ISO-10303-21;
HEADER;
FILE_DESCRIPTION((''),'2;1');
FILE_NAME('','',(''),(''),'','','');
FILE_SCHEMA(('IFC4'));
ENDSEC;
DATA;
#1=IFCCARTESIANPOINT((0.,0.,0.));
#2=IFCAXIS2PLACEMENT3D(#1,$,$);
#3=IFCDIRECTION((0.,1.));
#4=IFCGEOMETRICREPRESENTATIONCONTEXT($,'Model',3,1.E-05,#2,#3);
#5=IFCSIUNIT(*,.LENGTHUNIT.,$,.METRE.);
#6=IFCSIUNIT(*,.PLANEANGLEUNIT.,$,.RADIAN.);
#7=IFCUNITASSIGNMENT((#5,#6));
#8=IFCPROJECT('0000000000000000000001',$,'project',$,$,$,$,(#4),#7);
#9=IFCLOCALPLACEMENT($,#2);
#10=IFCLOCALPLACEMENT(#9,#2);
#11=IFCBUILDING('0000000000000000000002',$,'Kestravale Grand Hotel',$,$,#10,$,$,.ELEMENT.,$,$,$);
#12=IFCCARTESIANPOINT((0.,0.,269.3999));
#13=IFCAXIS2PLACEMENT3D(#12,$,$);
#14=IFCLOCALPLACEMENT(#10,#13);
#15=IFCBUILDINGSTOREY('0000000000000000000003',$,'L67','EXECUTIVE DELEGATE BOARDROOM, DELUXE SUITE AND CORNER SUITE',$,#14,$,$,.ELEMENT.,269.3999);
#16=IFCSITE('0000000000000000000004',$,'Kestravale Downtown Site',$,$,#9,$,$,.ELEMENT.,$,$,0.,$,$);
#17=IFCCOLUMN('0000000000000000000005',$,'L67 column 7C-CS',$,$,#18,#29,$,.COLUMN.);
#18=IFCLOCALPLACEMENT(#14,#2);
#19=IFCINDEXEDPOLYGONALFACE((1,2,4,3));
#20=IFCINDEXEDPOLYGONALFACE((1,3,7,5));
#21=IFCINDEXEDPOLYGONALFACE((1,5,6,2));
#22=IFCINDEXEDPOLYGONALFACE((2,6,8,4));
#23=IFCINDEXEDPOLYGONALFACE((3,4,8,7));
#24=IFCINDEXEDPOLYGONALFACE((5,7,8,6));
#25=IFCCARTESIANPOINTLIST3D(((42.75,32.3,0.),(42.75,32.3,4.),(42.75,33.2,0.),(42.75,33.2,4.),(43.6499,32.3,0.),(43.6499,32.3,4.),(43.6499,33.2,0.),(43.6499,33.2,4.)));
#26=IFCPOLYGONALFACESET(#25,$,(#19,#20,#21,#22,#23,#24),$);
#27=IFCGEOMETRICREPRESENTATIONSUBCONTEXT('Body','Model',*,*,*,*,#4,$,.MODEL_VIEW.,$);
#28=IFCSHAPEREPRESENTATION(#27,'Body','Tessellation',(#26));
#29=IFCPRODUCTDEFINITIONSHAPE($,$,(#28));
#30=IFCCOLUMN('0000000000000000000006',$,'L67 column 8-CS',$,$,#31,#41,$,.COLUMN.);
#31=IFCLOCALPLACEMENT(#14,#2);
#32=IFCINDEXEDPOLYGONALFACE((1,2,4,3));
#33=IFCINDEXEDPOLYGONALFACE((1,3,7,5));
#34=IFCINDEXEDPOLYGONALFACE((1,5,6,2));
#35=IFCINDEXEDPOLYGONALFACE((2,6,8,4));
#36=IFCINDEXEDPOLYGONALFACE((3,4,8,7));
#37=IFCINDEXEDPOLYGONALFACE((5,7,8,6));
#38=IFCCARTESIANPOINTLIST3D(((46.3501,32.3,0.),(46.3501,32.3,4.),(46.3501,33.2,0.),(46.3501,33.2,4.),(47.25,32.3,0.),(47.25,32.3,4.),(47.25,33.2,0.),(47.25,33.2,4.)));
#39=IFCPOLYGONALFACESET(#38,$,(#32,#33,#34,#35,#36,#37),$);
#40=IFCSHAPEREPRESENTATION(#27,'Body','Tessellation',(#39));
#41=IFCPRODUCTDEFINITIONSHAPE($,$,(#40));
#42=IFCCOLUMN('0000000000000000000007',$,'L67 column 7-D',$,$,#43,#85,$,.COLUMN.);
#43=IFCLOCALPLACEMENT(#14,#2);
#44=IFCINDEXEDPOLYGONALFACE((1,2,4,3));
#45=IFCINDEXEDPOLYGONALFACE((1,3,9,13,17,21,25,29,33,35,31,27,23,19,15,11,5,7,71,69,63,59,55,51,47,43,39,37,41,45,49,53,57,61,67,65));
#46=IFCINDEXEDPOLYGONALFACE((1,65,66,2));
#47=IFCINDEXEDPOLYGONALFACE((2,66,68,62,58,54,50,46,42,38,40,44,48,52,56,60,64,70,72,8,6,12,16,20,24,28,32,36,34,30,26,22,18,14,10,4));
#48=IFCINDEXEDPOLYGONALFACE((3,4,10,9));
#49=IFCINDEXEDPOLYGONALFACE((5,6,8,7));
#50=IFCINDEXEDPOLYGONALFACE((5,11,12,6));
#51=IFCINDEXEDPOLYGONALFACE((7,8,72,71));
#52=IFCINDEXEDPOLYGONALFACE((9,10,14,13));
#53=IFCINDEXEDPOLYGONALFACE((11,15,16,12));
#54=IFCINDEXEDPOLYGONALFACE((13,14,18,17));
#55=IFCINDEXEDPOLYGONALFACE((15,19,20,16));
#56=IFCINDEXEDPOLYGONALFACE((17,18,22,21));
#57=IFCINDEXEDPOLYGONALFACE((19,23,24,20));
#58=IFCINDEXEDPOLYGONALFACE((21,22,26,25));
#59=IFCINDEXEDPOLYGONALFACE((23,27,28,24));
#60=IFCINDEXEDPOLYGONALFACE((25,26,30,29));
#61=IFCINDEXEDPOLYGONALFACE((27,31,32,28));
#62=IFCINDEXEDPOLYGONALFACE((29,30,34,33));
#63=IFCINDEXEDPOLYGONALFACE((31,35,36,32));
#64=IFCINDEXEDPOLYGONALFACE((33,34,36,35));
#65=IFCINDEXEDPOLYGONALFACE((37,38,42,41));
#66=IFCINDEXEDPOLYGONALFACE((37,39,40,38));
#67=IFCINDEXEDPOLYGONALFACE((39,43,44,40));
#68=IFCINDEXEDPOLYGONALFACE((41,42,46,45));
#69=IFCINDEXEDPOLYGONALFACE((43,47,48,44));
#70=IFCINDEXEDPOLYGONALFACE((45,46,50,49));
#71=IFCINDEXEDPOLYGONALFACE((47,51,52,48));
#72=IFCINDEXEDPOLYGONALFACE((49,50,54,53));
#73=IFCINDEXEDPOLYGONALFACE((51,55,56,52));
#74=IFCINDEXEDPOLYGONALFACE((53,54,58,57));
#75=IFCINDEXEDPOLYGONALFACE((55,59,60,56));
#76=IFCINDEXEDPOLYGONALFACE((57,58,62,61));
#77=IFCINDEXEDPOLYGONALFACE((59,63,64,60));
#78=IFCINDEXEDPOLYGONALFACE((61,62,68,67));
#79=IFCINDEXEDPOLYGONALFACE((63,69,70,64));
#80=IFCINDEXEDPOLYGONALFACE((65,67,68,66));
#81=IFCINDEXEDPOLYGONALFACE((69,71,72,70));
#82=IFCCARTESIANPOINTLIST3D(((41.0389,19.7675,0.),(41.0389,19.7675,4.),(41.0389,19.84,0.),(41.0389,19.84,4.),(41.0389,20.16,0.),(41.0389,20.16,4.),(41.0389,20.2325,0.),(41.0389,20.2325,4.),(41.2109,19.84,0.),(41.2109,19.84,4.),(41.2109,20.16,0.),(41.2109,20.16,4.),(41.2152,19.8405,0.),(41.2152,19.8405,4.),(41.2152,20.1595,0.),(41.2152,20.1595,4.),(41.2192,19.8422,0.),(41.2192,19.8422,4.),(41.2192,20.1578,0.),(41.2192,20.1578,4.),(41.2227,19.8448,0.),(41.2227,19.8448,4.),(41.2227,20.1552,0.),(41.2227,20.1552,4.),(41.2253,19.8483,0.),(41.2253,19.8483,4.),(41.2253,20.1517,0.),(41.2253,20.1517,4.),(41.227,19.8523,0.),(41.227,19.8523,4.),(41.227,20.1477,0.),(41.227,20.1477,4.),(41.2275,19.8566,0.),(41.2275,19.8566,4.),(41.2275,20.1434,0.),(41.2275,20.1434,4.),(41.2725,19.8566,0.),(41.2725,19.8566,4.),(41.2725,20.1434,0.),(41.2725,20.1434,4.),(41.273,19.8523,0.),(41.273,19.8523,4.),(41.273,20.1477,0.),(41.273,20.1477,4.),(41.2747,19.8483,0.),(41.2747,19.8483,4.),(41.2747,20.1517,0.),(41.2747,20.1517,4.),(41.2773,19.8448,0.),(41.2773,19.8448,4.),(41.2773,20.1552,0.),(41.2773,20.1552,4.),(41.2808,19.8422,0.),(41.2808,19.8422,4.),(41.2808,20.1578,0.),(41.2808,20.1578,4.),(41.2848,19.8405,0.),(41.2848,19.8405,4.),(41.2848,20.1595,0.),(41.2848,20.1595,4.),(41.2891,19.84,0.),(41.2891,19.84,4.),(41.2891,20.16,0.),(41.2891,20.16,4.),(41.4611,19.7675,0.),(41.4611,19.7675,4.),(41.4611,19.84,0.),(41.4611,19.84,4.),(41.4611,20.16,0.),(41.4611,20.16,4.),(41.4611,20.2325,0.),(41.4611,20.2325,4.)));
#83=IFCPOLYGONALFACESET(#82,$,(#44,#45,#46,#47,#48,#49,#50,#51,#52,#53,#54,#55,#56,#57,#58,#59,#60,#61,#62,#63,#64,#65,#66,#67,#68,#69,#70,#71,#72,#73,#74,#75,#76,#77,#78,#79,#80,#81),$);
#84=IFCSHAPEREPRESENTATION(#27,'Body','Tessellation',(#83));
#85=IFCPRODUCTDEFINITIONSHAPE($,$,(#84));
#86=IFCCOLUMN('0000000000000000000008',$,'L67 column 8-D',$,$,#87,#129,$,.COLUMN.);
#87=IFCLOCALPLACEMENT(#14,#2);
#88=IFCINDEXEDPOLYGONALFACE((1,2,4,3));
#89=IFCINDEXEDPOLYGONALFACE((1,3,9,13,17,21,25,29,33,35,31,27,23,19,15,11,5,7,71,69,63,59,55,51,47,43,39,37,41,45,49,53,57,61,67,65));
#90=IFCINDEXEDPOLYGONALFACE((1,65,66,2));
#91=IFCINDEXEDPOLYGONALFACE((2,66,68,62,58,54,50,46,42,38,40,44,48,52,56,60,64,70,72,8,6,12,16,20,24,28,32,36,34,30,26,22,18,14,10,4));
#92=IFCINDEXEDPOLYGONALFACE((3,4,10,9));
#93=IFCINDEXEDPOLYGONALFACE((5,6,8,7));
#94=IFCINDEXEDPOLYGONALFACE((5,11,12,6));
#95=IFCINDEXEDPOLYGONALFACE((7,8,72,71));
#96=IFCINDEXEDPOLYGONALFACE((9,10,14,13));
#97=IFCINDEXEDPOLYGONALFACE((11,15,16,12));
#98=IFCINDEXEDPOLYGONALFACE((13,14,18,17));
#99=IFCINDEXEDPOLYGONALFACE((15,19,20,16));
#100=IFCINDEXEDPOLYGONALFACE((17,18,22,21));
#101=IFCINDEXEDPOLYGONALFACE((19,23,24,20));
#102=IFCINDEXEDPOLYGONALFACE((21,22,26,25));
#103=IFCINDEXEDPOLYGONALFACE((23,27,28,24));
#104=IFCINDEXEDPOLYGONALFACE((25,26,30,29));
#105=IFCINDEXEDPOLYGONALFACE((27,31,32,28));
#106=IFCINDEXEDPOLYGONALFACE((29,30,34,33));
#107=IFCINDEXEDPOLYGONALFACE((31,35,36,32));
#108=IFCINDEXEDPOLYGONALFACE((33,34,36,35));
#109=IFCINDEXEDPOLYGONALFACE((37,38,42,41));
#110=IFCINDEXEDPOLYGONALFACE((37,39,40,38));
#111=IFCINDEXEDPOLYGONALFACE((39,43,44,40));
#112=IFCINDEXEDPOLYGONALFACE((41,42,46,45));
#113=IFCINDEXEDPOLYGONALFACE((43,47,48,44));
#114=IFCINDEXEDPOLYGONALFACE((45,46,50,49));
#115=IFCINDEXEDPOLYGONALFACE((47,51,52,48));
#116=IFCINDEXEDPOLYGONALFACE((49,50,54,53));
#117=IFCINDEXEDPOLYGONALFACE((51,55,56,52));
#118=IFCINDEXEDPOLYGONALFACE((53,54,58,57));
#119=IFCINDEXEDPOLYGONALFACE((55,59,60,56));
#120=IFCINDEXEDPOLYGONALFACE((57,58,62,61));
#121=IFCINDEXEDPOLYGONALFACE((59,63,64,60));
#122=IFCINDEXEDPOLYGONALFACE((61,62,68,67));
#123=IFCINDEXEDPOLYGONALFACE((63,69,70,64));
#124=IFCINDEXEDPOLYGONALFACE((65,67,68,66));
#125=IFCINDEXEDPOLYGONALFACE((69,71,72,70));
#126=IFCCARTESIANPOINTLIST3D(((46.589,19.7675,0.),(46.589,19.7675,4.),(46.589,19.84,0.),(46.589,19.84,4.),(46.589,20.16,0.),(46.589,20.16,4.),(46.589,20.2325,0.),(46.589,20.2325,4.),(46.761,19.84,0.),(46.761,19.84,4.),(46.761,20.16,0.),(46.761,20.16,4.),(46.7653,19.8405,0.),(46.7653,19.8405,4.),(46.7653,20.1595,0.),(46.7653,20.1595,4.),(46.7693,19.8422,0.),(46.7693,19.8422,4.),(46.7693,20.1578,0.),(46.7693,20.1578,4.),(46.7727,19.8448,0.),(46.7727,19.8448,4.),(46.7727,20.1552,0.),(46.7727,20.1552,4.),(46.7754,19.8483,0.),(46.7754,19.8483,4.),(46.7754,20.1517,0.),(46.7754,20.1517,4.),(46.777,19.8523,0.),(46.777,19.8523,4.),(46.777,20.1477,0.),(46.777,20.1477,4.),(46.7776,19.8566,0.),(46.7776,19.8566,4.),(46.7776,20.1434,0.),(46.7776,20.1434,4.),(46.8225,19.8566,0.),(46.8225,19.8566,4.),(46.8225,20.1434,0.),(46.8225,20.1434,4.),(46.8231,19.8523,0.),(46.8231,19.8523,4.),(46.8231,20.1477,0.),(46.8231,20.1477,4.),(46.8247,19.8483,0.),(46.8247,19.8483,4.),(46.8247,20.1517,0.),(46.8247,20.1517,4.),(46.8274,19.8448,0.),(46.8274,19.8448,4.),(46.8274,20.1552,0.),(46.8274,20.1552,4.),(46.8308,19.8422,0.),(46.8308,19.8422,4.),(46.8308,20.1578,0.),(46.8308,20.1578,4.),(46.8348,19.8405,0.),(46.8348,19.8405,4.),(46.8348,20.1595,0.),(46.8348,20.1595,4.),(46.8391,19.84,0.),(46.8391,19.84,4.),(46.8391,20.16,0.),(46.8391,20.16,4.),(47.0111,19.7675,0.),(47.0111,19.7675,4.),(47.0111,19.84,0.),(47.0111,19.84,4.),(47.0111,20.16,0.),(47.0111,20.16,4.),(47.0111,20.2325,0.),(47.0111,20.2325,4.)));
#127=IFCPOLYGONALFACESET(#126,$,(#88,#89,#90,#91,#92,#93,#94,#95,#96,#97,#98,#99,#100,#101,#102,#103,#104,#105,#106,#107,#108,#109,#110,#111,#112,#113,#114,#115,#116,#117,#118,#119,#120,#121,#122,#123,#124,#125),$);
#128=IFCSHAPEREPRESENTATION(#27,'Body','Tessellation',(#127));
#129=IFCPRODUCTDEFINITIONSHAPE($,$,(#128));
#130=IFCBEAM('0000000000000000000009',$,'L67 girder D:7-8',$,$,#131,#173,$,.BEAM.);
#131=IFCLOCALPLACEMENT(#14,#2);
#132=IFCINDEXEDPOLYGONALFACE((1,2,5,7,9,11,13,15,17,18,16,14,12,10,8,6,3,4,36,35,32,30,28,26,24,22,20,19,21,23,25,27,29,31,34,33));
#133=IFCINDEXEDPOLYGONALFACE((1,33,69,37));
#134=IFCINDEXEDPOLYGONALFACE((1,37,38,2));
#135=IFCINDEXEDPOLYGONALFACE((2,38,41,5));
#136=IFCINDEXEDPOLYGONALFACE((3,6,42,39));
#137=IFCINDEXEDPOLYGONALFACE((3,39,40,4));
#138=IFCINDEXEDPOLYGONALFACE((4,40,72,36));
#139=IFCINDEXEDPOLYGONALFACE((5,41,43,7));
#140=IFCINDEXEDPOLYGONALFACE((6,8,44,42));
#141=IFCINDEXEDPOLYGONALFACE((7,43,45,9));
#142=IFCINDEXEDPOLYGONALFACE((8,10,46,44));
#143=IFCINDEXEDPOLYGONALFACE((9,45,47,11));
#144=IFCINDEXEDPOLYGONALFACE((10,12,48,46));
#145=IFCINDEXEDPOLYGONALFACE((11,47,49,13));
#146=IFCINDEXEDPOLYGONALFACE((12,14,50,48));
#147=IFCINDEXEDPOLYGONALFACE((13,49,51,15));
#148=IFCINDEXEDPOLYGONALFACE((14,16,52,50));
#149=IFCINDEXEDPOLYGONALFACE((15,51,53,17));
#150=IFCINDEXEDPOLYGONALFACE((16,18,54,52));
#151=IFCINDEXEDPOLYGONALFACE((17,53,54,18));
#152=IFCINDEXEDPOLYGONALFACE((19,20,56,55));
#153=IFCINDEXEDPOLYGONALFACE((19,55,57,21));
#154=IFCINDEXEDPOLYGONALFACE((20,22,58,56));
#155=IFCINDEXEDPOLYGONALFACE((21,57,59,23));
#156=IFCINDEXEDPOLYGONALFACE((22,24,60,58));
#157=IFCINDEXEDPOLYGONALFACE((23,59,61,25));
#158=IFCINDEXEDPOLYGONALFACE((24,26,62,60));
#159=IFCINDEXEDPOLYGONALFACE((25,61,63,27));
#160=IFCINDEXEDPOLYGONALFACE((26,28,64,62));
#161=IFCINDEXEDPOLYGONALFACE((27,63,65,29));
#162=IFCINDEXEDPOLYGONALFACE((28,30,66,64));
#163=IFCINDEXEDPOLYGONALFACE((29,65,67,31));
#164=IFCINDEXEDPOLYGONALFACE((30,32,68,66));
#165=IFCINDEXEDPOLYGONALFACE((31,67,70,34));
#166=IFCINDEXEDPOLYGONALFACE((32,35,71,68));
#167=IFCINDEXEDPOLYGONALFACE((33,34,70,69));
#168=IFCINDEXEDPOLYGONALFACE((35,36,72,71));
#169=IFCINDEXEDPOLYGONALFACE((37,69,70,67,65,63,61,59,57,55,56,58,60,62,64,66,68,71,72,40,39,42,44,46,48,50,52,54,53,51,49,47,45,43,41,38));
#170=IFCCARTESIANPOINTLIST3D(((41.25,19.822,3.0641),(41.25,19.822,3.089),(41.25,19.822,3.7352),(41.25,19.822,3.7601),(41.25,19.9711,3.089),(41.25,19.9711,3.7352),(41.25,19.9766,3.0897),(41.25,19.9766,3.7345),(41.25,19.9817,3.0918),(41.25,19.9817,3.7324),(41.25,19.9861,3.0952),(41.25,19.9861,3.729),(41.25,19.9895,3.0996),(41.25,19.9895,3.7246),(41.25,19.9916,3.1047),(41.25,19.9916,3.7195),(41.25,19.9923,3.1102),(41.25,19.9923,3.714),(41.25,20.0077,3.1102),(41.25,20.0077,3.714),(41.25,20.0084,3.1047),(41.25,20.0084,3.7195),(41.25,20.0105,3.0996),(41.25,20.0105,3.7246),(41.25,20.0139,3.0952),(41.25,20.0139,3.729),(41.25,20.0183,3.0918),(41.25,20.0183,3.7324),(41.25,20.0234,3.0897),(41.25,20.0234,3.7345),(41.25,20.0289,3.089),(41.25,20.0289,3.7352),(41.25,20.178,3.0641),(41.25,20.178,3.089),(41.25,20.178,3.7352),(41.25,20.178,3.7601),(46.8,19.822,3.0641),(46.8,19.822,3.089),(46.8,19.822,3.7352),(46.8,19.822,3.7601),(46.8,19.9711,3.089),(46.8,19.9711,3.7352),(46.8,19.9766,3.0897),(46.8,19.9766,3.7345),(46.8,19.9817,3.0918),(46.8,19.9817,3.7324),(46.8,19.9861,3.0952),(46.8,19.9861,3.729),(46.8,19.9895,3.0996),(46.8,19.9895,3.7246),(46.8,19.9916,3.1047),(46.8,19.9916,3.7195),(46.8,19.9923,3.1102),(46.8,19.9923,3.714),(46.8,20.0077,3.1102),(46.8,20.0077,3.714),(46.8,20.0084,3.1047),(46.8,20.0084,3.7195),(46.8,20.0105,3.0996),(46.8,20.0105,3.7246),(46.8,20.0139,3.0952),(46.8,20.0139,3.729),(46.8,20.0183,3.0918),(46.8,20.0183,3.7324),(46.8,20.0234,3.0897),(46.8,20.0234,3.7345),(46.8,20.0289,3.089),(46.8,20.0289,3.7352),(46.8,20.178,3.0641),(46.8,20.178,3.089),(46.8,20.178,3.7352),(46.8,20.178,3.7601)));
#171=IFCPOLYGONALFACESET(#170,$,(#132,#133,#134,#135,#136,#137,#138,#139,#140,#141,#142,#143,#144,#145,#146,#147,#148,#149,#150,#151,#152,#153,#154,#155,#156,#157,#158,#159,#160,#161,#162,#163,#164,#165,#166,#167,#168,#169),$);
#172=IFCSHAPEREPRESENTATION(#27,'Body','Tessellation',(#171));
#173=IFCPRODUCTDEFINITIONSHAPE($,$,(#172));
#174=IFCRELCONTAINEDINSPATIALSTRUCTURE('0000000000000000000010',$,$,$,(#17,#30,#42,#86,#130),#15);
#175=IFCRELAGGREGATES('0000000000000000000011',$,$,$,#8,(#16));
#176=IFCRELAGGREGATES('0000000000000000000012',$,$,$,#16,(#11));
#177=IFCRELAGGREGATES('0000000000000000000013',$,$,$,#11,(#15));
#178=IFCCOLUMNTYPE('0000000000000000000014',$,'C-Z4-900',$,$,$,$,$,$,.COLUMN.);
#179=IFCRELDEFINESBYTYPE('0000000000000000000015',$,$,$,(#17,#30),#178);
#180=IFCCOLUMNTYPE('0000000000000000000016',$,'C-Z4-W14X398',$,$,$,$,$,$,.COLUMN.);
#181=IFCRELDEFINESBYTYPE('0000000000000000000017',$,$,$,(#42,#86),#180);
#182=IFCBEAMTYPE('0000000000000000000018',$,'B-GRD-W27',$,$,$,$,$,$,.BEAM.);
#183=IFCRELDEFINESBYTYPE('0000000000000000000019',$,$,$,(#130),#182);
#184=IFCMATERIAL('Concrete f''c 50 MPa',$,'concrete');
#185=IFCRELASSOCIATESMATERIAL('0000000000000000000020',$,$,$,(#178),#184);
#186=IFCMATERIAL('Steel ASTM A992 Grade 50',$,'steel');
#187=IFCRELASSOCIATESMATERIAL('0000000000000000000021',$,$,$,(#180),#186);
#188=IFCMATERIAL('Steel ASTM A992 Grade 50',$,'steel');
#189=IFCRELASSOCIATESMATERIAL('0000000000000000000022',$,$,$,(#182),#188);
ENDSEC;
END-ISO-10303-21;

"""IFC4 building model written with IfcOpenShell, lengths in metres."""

from ifc_helpers import new_model, si_unit, direction, frame, origin, origin_2d, place, context, subcontext, project, spatial, rectangle, i_section, extrude, material, material_profile, profile_set, type_object, element, save


model = new_model("IFC4")

# Units and contexts
model_context = context("Model", 3, precision=1e-05, world=origin(), true_north=direction((0.0, 1.0)))
body_context = subcontext(model_context, "Body", "Model", "MODEL_VIEW")
ifc_project = project(units=[si_unit("LENGTHUNIT", "METRE"), si_unit("PLANEANGLEUNIT", "RADIAN")], contexts=[model_context])

# Site, building, storey
site_placement = place(None, origin())
site = spatial("IfcSite", under=ifc_project, at=site_placement, Name="Kestravale Downtown Site", CompositionType="ELEMENT", RefElevation=0.0)
building_placement = place(site_placement, origin())
building = spatial("IfcBuilding", under=site, at=building_placement, Name="Kestravale Grand Hotel", CompositionType="ELEMENT")
storey_placement = place(building_placement, frame((0.0, 0.0, 269.3999)))
storey = spatial("IfcBuildingStorey", under=building, at=storey_placement, Name="L67", Description="EXECUTIVE DELEGATE BOARDROOM, DELUXE SUITE AND CORNER SUITE", CompositionType="ELEMENT", Elevation=269.3999)

# Columns
ifc_material_1 = material(Name="Concrete f'c 50 MPa", Category="concrete")
ifc_material_profile_1 = material_profile(ifc_material_1, rectangle(XDim=0.8999, YDim=0.8999, at=origin_2d()))
ifc_profile_set_1 = profile_set([ifc_material_profile_1], Name="Concrete f'c 50 MPa")
column_type_1 = type_object("IfcColumnType", Name="C-Z4-900", PredefinedType="COLUMN", material=ifc_profile_set_1)
for number, where, z_axis, x_axis, name in (
    (1, (43.2, 32.75, 0.0), (0.0, 0.0, 1.0), (1.0, 0.0, 0.0), "L67 column 7C-CS"),
    (2, (46.8, 32.75, 0.0), (0.0, 0.0, 1.0), (1.0, 0.0, 0.0), "L67 column 8-CS"),
):
    element("IfcColumn", number, at=place(storey_placement, frame(where, z_axis=z_axis, x_axis=x_axis)), inside=storey, type_object=column_type_1, Name=name, PredefinedType="COLUMN", context=body_context, shape_type="SweptSolid", body=[
        extrude(rectangle(XDim=0.8999, YDim=0.8999, at=origin_2d()), origin(), (0.0, 0.0, 1.0), 4.0),
    ])
ifc_material_2 = material(Name="Steel ASTM A992 Grade 50", Category="steel")
ifc_material_profile_2 = material_profile(ifc_material_2, i_section(OverallWidth=0.4221, OverallDepth=0.4651, WebThickness=0.0449, FlangeThickness=0.0725, FilletRadius=0.0166, at=origin_2d()))
ifc_profile_set_2 = profile_set([ifc_material_profile_2], Name="Steel ASTM A992 Grade 50")
column_type_2 = type_object("IfcColumnType", Name="C-Z4-W14X398", PredefinedType="COLUMN", material=ifc_profile_set_2)
for number, where, z_axis, x_axis, name in (
    (3, (41.25, 20.0, 0.0), (0.0, 0.0, 1.0), (1.0, 0.0, 0.0), "L67 column 7-D"),
    (4, (46.8, 20.0, 0.0), (0.0, 0.0, 1.0), (1.0, 0.0, 0.0), "L67 column 8-D"),
):
    element("IfcColumn", number, at=place(storey_placement, frame(where, z_axis=z_axis, x_axis=x_axis)), inside=storey, type_object=column_type_2, Name=name, PredefinedType="COLUMN", context=body_context, shape_type="SweptSolid", body=[
        extrude(i_section(OverallWidth=0.4221, OverallDepth=0.4651, WebThickness=0.0449, FlangeThickness=0.0725, FilletRadius=0.0166, at=origin_2d()), origin(), (0.0, 0.0, 1.0), 4.0),
    ])

# Beam
ifc_material_3 = material(Name="Steel ASTM A992 Grade 50", Category="steel")
ifc_material_profile_3 = material_profile(ifc_material_3, i_section(OverallWidth=0.356, OverallDepth=0.696, WebThickness=0.0154, FlangeThickness=0.0249, FilletRadius=0.0212, at=origin_2d()))
ifc_profile_set_3 = profile_set([ifc_material_profile_3], Name="Steel ASTM A992 Grade 50")
beam_type = type_object("IfcBeamType", Name="B-GRD-W27", PredefinedType="BEAM", material=ifc_profile_set_3)
beam_1_placement = place(storey_placement, frame((41.25, 20.0, 3.4121), z_axis=(1.0, 0.0, 0.0), x_axis=(0.0, 1.0, 0.0)))
element("IfcBeam", 5, at=beam_1_placement, inside=storey, type_object=beam_type, Name="L67 girder D:7-8", PredefinedType="BEAM", context=body_context, shape_type="SweptSolid", body=[
    extrude(i_section(OverallWidth=0.356, OverallDepth=0.696, WebThickness=0.0154, FlangeThickness=0.0249, FilletRadius=0.0212, at=origin_2d()), origin(), (0.0, 0.0, 1.0), 5.55),
])

save(model, "model.ifc")
